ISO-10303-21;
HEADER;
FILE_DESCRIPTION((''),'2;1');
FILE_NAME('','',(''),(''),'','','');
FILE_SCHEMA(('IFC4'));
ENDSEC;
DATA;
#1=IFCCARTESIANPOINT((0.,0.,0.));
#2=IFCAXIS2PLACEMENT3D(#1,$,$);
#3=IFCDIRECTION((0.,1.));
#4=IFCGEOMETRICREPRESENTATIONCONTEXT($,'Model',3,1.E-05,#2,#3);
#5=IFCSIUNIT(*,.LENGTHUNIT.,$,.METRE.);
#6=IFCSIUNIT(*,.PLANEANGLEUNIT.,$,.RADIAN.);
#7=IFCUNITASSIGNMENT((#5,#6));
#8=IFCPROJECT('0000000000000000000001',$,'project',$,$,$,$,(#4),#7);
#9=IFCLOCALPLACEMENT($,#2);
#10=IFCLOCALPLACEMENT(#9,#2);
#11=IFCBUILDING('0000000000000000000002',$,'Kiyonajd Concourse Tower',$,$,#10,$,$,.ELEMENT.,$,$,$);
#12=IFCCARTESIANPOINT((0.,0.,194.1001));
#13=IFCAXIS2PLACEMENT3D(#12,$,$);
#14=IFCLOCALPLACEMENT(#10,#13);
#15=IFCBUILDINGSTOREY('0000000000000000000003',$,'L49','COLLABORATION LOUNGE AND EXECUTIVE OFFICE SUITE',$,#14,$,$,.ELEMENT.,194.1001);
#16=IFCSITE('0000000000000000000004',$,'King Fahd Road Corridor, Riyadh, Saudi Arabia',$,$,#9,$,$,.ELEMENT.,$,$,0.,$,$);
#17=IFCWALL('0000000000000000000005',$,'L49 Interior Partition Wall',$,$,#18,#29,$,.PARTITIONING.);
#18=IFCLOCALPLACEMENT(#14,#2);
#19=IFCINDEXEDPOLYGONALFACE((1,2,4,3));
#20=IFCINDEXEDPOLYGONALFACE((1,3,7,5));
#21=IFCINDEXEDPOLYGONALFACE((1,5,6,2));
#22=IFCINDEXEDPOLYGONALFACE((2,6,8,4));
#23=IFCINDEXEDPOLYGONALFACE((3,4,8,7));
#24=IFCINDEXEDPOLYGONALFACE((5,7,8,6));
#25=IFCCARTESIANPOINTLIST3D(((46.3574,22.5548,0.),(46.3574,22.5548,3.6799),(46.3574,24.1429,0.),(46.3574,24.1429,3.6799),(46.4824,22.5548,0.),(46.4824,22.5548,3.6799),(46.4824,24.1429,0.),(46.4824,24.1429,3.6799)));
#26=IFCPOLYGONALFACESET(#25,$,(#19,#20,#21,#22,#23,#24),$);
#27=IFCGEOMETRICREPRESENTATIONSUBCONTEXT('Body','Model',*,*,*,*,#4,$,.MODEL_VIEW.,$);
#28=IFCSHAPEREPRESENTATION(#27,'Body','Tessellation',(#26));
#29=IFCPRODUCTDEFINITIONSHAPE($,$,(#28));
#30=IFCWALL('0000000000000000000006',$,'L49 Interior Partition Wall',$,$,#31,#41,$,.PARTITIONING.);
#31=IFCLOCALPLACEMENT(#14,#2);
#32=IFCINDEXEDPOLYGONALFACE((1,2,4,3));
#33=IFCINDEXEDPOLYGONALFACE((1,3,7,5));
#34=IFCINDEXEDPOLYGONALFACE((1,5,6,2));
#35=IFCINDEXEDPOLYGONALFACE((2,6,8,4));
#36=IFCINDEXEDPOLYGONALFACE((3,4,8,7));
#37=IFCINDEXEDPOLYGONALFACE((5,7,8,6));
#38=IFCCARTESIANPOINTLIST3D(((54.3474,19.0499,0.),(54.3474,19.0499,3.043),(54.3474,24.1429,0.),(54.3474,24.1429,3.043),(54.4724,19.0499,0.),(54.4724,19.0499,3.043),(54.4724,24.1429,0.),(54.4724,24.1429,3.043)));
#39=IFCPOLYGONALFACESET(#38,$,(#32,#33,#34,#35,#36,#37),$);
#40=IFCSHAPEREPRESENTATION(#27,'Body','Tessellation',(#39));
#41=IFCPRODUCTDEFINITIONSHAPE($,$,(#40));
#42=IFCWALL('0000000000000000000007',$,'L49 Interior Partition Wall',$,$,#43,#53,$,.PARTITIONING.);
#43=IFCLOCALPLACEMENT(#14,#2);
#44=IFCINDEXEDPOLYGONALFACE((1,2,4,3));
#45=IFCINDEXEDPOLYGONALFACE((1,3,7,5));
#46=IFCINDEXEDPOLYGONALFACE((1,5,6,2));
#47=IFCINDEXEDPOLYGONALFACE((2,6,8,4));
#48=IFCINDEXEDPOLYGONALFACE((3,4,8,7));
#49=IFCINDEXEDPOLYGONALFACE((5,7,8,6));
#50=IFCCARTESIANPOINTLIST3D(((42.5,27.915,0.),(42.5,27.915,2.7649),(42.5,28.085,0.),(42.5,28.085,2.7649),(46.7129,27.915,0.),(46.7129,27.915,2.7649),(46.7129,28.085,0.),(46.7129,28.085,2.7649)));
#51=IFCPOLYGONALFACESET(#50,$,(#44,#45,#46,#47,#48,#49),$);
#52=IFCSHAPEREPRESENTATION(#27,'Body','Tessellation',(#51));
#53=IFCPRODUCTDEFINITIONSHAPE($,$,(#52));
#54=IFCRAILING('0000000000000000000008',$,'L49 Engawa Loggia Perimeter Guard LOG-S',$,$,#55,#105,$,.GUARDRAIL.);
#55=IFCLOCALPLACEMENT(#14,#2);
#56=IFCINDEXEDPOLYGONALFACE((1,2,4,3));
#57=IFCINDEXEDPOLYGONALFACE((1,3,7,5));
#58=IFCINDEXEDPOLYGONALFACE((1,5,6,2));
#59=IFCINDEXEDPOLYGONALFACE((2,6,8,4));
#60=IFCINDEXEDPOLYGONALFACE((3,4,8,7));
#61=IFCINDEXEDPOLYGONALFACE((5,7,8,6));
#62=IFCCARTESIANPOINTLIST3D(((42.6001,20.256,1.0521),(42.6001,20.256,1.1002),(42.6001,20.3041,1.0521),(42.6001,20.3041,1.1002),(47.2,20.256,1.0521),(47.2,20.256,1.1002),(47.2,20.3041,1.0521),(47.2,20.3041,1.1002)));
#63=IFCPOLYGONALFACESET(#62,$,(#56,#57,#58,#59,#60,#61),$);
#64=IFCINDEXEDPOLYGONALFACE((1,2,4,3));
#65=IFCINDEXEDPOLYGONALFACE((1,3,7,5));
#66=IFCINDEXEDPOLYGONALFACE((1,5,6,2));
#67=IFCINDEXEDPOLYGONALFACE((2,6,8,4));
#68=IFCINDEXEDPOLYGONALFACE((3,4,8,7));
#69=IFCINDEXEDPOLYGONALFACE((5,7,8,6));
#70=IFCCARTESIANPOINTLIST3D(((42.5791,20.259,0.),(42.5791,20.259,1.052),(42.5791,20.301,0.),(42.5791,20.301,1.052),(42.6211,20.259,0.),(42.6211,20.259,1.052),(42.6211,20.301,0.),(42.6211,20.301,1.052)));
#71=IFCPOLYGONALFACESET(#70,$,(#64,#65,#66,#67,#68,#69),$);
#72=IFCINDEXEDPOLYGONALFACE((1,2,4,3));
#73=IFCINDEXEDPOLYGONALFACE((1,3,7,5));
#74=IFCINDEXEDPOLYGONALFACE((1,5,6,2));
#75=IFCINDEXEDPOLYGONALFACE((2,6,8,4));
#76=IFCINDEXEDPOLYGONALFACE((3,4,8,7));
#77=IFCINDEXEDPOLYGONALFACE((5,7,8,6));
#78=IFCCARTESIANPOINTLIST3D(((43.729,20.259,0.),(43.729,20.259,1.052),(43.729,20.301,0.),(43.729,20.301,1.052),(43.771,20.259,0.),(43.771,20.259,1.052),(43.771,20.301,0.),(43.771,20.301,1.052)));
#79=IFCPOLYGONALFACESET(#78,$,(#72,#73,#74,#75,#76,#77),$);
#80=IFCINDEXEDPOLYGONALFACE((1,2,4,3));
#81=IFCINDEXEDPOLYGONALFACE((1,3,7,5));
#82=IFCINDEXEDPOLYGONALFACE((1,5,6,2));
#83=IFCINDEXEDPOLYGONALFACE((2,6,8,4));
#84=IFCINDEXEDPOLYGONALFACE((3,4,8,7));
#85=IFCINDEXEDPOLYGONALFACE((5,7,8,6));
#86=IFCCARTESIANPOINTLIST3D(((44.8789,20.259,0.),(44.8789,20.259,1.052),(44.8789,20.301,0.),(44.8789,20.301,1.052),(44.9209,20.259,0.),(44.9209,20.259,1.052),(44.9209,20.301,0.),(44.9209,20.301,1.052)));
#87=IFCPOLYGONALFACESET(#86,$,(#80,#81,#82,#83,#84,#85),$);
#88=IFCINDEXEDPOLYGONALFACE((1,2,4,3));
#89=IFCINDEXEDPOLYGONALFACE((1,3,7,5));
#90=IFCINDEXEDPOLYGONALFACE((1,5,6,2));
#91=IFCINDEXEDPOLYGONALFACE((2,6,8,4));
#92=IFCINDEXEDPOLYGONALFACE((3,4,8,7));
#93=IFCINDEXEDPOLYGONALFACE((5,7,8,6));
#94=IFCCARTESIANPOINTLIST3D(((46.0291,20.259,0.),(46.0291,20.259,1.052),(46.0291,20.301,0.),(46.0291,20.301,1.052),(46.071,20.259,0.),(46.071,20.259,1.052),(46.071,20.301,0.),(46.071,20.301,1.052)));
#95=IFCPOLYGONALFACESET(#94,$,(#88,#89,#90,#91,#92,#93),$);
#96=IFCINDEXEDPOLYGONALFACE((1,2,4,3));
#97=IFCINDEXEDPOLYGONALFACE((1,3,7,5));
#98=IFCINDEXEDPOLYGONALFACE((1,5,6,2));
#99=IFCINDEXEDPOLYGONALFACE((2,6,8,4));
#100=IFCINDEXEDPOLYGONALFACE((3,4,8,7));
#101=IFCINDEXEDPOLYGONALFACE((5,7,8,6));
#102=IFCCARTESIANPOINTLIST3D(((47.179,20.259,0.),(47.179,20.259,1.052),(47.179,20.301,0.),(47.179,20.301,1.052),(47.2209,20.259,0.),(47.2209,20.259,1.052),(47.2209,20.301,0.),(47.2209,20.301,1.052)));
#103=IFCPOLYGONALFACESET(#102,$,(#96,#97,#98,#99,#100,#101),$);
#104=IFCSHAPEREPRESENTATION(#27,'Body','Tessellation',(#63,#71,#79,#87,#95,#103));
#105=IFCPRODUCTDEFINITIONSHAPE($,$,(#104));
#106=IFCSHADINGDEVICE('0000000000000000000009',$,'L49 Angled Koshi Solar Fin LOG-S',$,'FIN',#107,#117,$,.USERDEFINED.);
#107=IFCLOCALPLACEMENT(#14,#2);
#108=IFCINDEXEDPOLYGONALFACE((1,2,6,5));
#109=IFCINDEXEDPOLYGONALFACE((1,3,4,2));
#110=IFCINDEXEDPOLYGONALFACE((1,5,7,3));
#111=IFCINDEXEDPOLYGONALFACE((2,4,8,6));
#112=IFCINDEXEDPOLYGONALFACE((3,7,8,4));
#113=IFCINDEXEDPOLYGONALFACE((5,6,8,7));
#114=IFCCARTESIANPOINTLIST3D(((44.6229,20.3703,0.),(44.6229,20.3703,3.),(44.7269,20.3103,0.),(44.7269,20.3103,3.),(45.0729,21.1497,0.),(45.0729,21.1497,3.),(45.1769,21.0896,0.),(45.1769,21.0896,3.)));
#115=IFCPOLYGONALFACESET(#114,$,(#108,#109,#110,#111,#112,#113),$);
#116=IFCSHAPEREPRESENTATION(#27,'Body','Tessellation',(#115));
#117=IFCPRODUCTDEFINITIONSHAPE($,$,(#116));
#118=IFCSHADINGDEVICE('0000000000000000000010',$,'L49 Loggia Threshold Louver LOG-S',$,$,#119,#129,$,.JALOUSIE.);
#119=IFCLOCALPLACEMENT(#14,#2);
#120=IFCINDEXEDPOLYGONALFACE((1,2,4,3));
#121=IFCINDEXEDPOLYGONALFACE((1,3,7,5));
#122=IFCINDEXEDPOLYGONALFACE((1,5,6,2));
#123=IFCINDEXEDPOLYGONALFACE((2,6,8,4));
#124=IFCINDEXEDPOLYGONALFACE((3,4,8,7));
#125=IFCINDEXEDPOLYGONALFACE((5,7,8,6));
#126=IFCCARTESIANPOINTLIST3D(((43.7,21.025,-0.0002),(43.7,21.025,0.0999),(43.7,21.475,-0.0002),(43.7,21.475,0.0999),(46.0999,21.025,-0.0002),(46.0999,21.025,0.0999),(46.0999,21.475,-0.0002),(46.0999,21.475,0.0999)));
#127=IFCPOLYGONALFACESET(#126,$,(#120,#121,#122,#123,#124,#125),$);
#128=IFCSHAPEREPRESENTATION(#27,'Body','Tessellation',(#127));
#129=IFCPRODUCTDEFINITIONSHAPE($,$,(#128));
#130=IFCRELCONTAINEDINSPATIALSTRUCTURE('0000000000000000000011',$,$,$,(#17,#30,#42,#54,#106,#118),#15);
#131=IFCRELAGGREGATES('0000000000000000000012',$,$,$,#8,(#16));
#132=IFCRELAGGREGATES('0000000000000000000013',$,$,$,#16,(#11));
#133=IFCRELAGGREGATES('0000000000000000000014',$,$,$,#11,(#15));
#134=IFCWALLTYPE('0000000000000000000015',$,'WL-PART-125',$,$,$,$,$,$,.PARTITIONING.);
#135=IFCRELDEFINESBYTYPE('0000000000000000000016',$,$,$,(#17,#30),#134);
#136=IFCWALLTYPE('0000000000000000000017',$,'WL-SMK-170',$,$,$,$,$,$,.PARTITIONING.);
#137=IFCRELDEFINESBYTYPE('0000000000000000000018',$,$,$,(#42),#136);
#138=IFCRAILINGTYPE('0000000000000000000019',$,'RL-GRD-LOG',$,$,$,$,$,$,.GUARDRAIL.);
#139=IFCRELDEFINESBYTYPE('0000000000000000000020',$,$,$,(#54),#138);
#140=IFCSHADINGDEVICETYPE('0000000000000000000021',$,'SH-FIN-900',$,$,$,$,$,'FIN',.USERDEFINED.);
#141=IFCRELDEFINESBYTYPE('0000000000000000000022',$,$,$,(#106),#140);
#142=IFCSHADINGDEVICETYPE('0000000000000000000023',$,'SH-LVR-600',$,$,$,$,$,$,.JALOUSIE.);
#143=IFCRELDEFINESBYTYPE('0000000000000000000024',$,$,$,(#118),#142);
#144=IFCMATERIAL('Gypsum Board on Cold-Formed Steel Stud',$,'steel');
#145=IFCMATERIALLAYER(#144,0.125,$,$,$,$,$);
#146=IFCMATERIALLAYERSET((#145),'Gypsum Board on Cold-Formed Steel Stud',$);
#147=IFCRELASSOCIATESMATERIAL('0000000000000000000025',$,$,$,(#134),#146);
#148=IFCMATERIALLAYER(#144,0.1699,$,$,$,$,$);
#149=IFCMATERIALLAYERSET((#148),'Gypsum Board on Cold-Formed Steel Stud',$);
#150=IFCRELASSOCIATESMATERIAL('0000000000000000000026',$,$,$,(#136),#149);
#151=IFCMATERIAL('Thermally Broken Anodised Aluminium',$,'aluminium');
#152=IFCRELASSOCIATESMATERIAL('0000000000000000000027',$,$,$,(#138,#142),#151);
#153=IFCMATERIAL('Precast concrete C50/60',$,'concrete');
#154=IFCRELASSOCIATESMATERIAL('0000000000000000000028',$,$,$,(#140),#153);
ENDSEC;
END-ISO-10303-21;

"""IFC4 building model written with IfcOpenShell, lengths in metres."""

from ifc_helpers import new_model, si_unit, direction, frame, frame_2d, origin, origin_2d, place, context, subcontext, project, spatial, rectangle, extrude, material, layer, layer_set, type_object, element, save


model = new_model("IFC4")

# Units and contexts
model_context = context("Model", 3, precision=1e-05, world=origin(), true_north=direction((0.0, 1.0)))
body_context = subcontext(model_context, "Body", "Model", "MODEL_VIEW")
ifc_project = project(units=[si_unit("LENGTHUNIT", "METRE"), si_unit("PLANEANGLEUNIT", "RADIAN")], contexts=[model_context])

# Site, building, storey
site_placement = place(None, origin())
site = spatial("IfcSite", under=ifc_project, at=site_placement, Name="King Fahd Road Corridor, Riyadh, Saudi Arabia", CompositionType="ELEMENT", RefElevation=0.0)
building_placement = place(site_placement, origin())
building = spatial("IfcBuilding", under=site, at=building_placement, Name="Kiyonajd Concourse Tower", CompositionType="ELEMENT")
storey_placement = place(building_placement, frame((0.0, 0.0, 194.1001)))
storey = spatial("IfcBuildingStorey", under=building, at=storey_placement, Name="L49", Description="COLLABORATION LOUNGE AND EXECUTIVE OFFICE SUITE", CompositionType="ELEMENT", Elevation=194.1001)

# Shared definitions
ifc_material_1 = material(Name="Thermally Broken Anodised Aluminium", Category="aluminium")

# Shared definitions
ifc_material_2 = material(Name="Precast concrete C50/60", Category="concrete")

# Walls
ifc_material_3 = material(Name="Gypsum Board on Cold-Formed Steel Stud", Category="steel")
ifc_layer_1 = layer(ifc_material_3, 0.125)
ifc_layer_set_1 = layer_set([ifc_layer_1], Name="Gypsum Board on Cold-Formed Steel Stud")
wall_type_1 = type_object("IfcWallType", Name="WL-PART-125", PredefinedType="PARTITIONING", material=ifc_layer_set_1)
wall_1_placement = place(storey_placement, frame((46.4199, 22.5549, 0.0), z_axis=(0.0, 0.0, 1.0), x_axis=(0.0, 1.0, 0.0)))
element("IfcWall", 1, at=wall_1_placement, inside=storey, type_object=wall_type_1, Name="L49 Interior Partition Wall", PredefinedType="PARTITIONING", context=body_context, shape_type="SweptSolid", body=[
    extrude(rectangle(XDim=1.5881, YDim=0.125, at=frame_2d((0.7939, 0.0))), origin(), (0.0, 0.0, 1.0), 3.6799),
])
wall_2_placement = place(storey_placement, frame((54.4099, 19.05, 0.0), z_axis=(0.0, 0.0, 1.0), x_axis=(0.0, 1.0, 0.0)))
element("IfcWall", 2, at=wall_2_placement, inside=storey, type_object=wall_type_1, Name="L49 Interior Partition Wall", PredefinedType="PARTITIONING", context=body_context, shape_type="SweptSolid", body=[
    extrude(rectangle(XDim=5.093, YDim=0.125, at=frame_2d((2.5464, 0.0))), origin(), (0.0, 0.0, 1.0), 3.043),
])
ifc_layer_2 = layer(ifc_material_3, 0.1699)
ifc_layer_set_2 = layer_set([ifc_layer_2], Name="Gypsum Board on Cold-Formed Steel Stud")
wall_type_2 = type_object("IfcWallType", Name="WL-SMK-170", PredefinedType="PARTITIONING", material=ifc_layer_set_2)
wall_3_placement = place(storey_placement, frame((42.5, 28.0, 0.0), z_axis=(0.0, 0.0, 1.0), x_axis=(1.0, 0.0, 0.0)))
element("IfcWall", 3, at=wall_3_placement, inside=storey, type_object=wall_type_2, Name="L49 Interior Partition Wall", PredefinedType="PARTITIONING", context=body_context, shape_type="SweptSolid", body=[
    extrude(rectangle(XDim=4.2129, YDim=0.1699, at=frame_2d((2.1064, 0.0))), origin(), (0.0, 0.0, 1.0), 2.7649),
])

# Railing
railing_type = type_object("IfcRailingType", Name="RL-GRD-LOG", PredefinedType="GUARDRAIL", material=ifc_material_1)
railing_placement = place(storey_placement, frame((42.6001, 20.28, 0.0)))
element("IfcRailing", 4, at=railing_placement, inside=storey, type_object=railing_type, Name="L49 Engawa Loggia Perimeter Guard LOG-S", PredefinedType="GUARDRAIL", context=body_context, shape_type="SweptSolid", body=[
    extrude(rectangle(XDim=0.0481, YDim=0.0481, at=origin_2d()), frame((0.0, 0.0, 1.0762), z_axis=(1.0, 0.0, 0.0), x_axis=(0.0, 1.0, 0.0)), (0.0, 0.0, 1.0), 4.5999),
    extrude(rectangle(XDim=0.042, YDim=0.042, at=origin_2d()), origin(), (0.0, 0.0, 1.0), 1.052),
    extrude(rectangle(XDim=0.042, YDim=0.042, at=origin_2d()), frame((1.1499, 0.0, 0.0)), (0.0, 0.0, 1.0), 1.052),
    extrude(rectangle(XDim=0.042, YDim=0.042, at=origin_2d()), frame((2.2998, 0.0, 0.0)), (0.0, 0.0, 1.0), 1.052),
    extrude(rectangle(XDim=0.042, YDim=0.042, at=origin_2d()), frame((3.45, 0.0, 0.0)), (0.0, 0.0, 1.0), 1.052),
    extrude(rectangle(XDim=0.042, YDim=0.042, at=origin_2d()), frame((4.5999, 0.0, 0.0)), (0.0, 0.0, 1.0), 1.052),
])

# Shading devices
shading_device_type_1 = type_object("IfcShadingDeviceType", Name="SH-FIN-900", ElementType="FIN", PredefinedType="USERDEFINED", material=ifc_material_2)
shading_device_1_placement = place(storey_placement, frame((44.8999, 20.73, 0.0), z_axis=(0.0, 0.0, 1.0), x_axis=(0.5, 0.866025, 0.0)))
element("IfcShadingDevice", 5, at=shading_device_1_placement, inside=storey, type_object=shading_device_type_1, Name="L49 Angled Koshi Solar Fin LOG-S", ObjectType="FIN", PredefinedType="USERDEFINED", context=body_context, shape_type="SweptSolid", body=[
    extrude(rectangle(XDim=0.8999, YDim=0.1201, at=origin_2d()), origin(), (0.0, 0.0, 1.0), 3.0),
])
shading_device_type_2 = type_object("IfcShadingDeviceType", Name="SH-LVR-600", PredefinedType="JALOUSIE", material=ifc_material_1)
shading_device_2_placement = place(storey_placement, frame((44.8999, 21.25, -0.0002), z_axis=(0.0, 0.0, 1.0), x_axis=(1.0, 0.0, 0.0)))
element("IfcShadingDevice", 6, at=shading_device_2_placement, inside=storey, type_object=shading_device_type_2, Name="L49 Loggia Threshold Louver LOG-S", PredefinedType="JALOUSIE", context=body_context, shape_type="SweptSolid", body=[
    extrude(rectangle(XDim=2.3999, YDim=0.45, at=origin_2d()), origin(), (0.0, 0.0, 1.0), 0.1001),
])

save(model, "model.ifc")
